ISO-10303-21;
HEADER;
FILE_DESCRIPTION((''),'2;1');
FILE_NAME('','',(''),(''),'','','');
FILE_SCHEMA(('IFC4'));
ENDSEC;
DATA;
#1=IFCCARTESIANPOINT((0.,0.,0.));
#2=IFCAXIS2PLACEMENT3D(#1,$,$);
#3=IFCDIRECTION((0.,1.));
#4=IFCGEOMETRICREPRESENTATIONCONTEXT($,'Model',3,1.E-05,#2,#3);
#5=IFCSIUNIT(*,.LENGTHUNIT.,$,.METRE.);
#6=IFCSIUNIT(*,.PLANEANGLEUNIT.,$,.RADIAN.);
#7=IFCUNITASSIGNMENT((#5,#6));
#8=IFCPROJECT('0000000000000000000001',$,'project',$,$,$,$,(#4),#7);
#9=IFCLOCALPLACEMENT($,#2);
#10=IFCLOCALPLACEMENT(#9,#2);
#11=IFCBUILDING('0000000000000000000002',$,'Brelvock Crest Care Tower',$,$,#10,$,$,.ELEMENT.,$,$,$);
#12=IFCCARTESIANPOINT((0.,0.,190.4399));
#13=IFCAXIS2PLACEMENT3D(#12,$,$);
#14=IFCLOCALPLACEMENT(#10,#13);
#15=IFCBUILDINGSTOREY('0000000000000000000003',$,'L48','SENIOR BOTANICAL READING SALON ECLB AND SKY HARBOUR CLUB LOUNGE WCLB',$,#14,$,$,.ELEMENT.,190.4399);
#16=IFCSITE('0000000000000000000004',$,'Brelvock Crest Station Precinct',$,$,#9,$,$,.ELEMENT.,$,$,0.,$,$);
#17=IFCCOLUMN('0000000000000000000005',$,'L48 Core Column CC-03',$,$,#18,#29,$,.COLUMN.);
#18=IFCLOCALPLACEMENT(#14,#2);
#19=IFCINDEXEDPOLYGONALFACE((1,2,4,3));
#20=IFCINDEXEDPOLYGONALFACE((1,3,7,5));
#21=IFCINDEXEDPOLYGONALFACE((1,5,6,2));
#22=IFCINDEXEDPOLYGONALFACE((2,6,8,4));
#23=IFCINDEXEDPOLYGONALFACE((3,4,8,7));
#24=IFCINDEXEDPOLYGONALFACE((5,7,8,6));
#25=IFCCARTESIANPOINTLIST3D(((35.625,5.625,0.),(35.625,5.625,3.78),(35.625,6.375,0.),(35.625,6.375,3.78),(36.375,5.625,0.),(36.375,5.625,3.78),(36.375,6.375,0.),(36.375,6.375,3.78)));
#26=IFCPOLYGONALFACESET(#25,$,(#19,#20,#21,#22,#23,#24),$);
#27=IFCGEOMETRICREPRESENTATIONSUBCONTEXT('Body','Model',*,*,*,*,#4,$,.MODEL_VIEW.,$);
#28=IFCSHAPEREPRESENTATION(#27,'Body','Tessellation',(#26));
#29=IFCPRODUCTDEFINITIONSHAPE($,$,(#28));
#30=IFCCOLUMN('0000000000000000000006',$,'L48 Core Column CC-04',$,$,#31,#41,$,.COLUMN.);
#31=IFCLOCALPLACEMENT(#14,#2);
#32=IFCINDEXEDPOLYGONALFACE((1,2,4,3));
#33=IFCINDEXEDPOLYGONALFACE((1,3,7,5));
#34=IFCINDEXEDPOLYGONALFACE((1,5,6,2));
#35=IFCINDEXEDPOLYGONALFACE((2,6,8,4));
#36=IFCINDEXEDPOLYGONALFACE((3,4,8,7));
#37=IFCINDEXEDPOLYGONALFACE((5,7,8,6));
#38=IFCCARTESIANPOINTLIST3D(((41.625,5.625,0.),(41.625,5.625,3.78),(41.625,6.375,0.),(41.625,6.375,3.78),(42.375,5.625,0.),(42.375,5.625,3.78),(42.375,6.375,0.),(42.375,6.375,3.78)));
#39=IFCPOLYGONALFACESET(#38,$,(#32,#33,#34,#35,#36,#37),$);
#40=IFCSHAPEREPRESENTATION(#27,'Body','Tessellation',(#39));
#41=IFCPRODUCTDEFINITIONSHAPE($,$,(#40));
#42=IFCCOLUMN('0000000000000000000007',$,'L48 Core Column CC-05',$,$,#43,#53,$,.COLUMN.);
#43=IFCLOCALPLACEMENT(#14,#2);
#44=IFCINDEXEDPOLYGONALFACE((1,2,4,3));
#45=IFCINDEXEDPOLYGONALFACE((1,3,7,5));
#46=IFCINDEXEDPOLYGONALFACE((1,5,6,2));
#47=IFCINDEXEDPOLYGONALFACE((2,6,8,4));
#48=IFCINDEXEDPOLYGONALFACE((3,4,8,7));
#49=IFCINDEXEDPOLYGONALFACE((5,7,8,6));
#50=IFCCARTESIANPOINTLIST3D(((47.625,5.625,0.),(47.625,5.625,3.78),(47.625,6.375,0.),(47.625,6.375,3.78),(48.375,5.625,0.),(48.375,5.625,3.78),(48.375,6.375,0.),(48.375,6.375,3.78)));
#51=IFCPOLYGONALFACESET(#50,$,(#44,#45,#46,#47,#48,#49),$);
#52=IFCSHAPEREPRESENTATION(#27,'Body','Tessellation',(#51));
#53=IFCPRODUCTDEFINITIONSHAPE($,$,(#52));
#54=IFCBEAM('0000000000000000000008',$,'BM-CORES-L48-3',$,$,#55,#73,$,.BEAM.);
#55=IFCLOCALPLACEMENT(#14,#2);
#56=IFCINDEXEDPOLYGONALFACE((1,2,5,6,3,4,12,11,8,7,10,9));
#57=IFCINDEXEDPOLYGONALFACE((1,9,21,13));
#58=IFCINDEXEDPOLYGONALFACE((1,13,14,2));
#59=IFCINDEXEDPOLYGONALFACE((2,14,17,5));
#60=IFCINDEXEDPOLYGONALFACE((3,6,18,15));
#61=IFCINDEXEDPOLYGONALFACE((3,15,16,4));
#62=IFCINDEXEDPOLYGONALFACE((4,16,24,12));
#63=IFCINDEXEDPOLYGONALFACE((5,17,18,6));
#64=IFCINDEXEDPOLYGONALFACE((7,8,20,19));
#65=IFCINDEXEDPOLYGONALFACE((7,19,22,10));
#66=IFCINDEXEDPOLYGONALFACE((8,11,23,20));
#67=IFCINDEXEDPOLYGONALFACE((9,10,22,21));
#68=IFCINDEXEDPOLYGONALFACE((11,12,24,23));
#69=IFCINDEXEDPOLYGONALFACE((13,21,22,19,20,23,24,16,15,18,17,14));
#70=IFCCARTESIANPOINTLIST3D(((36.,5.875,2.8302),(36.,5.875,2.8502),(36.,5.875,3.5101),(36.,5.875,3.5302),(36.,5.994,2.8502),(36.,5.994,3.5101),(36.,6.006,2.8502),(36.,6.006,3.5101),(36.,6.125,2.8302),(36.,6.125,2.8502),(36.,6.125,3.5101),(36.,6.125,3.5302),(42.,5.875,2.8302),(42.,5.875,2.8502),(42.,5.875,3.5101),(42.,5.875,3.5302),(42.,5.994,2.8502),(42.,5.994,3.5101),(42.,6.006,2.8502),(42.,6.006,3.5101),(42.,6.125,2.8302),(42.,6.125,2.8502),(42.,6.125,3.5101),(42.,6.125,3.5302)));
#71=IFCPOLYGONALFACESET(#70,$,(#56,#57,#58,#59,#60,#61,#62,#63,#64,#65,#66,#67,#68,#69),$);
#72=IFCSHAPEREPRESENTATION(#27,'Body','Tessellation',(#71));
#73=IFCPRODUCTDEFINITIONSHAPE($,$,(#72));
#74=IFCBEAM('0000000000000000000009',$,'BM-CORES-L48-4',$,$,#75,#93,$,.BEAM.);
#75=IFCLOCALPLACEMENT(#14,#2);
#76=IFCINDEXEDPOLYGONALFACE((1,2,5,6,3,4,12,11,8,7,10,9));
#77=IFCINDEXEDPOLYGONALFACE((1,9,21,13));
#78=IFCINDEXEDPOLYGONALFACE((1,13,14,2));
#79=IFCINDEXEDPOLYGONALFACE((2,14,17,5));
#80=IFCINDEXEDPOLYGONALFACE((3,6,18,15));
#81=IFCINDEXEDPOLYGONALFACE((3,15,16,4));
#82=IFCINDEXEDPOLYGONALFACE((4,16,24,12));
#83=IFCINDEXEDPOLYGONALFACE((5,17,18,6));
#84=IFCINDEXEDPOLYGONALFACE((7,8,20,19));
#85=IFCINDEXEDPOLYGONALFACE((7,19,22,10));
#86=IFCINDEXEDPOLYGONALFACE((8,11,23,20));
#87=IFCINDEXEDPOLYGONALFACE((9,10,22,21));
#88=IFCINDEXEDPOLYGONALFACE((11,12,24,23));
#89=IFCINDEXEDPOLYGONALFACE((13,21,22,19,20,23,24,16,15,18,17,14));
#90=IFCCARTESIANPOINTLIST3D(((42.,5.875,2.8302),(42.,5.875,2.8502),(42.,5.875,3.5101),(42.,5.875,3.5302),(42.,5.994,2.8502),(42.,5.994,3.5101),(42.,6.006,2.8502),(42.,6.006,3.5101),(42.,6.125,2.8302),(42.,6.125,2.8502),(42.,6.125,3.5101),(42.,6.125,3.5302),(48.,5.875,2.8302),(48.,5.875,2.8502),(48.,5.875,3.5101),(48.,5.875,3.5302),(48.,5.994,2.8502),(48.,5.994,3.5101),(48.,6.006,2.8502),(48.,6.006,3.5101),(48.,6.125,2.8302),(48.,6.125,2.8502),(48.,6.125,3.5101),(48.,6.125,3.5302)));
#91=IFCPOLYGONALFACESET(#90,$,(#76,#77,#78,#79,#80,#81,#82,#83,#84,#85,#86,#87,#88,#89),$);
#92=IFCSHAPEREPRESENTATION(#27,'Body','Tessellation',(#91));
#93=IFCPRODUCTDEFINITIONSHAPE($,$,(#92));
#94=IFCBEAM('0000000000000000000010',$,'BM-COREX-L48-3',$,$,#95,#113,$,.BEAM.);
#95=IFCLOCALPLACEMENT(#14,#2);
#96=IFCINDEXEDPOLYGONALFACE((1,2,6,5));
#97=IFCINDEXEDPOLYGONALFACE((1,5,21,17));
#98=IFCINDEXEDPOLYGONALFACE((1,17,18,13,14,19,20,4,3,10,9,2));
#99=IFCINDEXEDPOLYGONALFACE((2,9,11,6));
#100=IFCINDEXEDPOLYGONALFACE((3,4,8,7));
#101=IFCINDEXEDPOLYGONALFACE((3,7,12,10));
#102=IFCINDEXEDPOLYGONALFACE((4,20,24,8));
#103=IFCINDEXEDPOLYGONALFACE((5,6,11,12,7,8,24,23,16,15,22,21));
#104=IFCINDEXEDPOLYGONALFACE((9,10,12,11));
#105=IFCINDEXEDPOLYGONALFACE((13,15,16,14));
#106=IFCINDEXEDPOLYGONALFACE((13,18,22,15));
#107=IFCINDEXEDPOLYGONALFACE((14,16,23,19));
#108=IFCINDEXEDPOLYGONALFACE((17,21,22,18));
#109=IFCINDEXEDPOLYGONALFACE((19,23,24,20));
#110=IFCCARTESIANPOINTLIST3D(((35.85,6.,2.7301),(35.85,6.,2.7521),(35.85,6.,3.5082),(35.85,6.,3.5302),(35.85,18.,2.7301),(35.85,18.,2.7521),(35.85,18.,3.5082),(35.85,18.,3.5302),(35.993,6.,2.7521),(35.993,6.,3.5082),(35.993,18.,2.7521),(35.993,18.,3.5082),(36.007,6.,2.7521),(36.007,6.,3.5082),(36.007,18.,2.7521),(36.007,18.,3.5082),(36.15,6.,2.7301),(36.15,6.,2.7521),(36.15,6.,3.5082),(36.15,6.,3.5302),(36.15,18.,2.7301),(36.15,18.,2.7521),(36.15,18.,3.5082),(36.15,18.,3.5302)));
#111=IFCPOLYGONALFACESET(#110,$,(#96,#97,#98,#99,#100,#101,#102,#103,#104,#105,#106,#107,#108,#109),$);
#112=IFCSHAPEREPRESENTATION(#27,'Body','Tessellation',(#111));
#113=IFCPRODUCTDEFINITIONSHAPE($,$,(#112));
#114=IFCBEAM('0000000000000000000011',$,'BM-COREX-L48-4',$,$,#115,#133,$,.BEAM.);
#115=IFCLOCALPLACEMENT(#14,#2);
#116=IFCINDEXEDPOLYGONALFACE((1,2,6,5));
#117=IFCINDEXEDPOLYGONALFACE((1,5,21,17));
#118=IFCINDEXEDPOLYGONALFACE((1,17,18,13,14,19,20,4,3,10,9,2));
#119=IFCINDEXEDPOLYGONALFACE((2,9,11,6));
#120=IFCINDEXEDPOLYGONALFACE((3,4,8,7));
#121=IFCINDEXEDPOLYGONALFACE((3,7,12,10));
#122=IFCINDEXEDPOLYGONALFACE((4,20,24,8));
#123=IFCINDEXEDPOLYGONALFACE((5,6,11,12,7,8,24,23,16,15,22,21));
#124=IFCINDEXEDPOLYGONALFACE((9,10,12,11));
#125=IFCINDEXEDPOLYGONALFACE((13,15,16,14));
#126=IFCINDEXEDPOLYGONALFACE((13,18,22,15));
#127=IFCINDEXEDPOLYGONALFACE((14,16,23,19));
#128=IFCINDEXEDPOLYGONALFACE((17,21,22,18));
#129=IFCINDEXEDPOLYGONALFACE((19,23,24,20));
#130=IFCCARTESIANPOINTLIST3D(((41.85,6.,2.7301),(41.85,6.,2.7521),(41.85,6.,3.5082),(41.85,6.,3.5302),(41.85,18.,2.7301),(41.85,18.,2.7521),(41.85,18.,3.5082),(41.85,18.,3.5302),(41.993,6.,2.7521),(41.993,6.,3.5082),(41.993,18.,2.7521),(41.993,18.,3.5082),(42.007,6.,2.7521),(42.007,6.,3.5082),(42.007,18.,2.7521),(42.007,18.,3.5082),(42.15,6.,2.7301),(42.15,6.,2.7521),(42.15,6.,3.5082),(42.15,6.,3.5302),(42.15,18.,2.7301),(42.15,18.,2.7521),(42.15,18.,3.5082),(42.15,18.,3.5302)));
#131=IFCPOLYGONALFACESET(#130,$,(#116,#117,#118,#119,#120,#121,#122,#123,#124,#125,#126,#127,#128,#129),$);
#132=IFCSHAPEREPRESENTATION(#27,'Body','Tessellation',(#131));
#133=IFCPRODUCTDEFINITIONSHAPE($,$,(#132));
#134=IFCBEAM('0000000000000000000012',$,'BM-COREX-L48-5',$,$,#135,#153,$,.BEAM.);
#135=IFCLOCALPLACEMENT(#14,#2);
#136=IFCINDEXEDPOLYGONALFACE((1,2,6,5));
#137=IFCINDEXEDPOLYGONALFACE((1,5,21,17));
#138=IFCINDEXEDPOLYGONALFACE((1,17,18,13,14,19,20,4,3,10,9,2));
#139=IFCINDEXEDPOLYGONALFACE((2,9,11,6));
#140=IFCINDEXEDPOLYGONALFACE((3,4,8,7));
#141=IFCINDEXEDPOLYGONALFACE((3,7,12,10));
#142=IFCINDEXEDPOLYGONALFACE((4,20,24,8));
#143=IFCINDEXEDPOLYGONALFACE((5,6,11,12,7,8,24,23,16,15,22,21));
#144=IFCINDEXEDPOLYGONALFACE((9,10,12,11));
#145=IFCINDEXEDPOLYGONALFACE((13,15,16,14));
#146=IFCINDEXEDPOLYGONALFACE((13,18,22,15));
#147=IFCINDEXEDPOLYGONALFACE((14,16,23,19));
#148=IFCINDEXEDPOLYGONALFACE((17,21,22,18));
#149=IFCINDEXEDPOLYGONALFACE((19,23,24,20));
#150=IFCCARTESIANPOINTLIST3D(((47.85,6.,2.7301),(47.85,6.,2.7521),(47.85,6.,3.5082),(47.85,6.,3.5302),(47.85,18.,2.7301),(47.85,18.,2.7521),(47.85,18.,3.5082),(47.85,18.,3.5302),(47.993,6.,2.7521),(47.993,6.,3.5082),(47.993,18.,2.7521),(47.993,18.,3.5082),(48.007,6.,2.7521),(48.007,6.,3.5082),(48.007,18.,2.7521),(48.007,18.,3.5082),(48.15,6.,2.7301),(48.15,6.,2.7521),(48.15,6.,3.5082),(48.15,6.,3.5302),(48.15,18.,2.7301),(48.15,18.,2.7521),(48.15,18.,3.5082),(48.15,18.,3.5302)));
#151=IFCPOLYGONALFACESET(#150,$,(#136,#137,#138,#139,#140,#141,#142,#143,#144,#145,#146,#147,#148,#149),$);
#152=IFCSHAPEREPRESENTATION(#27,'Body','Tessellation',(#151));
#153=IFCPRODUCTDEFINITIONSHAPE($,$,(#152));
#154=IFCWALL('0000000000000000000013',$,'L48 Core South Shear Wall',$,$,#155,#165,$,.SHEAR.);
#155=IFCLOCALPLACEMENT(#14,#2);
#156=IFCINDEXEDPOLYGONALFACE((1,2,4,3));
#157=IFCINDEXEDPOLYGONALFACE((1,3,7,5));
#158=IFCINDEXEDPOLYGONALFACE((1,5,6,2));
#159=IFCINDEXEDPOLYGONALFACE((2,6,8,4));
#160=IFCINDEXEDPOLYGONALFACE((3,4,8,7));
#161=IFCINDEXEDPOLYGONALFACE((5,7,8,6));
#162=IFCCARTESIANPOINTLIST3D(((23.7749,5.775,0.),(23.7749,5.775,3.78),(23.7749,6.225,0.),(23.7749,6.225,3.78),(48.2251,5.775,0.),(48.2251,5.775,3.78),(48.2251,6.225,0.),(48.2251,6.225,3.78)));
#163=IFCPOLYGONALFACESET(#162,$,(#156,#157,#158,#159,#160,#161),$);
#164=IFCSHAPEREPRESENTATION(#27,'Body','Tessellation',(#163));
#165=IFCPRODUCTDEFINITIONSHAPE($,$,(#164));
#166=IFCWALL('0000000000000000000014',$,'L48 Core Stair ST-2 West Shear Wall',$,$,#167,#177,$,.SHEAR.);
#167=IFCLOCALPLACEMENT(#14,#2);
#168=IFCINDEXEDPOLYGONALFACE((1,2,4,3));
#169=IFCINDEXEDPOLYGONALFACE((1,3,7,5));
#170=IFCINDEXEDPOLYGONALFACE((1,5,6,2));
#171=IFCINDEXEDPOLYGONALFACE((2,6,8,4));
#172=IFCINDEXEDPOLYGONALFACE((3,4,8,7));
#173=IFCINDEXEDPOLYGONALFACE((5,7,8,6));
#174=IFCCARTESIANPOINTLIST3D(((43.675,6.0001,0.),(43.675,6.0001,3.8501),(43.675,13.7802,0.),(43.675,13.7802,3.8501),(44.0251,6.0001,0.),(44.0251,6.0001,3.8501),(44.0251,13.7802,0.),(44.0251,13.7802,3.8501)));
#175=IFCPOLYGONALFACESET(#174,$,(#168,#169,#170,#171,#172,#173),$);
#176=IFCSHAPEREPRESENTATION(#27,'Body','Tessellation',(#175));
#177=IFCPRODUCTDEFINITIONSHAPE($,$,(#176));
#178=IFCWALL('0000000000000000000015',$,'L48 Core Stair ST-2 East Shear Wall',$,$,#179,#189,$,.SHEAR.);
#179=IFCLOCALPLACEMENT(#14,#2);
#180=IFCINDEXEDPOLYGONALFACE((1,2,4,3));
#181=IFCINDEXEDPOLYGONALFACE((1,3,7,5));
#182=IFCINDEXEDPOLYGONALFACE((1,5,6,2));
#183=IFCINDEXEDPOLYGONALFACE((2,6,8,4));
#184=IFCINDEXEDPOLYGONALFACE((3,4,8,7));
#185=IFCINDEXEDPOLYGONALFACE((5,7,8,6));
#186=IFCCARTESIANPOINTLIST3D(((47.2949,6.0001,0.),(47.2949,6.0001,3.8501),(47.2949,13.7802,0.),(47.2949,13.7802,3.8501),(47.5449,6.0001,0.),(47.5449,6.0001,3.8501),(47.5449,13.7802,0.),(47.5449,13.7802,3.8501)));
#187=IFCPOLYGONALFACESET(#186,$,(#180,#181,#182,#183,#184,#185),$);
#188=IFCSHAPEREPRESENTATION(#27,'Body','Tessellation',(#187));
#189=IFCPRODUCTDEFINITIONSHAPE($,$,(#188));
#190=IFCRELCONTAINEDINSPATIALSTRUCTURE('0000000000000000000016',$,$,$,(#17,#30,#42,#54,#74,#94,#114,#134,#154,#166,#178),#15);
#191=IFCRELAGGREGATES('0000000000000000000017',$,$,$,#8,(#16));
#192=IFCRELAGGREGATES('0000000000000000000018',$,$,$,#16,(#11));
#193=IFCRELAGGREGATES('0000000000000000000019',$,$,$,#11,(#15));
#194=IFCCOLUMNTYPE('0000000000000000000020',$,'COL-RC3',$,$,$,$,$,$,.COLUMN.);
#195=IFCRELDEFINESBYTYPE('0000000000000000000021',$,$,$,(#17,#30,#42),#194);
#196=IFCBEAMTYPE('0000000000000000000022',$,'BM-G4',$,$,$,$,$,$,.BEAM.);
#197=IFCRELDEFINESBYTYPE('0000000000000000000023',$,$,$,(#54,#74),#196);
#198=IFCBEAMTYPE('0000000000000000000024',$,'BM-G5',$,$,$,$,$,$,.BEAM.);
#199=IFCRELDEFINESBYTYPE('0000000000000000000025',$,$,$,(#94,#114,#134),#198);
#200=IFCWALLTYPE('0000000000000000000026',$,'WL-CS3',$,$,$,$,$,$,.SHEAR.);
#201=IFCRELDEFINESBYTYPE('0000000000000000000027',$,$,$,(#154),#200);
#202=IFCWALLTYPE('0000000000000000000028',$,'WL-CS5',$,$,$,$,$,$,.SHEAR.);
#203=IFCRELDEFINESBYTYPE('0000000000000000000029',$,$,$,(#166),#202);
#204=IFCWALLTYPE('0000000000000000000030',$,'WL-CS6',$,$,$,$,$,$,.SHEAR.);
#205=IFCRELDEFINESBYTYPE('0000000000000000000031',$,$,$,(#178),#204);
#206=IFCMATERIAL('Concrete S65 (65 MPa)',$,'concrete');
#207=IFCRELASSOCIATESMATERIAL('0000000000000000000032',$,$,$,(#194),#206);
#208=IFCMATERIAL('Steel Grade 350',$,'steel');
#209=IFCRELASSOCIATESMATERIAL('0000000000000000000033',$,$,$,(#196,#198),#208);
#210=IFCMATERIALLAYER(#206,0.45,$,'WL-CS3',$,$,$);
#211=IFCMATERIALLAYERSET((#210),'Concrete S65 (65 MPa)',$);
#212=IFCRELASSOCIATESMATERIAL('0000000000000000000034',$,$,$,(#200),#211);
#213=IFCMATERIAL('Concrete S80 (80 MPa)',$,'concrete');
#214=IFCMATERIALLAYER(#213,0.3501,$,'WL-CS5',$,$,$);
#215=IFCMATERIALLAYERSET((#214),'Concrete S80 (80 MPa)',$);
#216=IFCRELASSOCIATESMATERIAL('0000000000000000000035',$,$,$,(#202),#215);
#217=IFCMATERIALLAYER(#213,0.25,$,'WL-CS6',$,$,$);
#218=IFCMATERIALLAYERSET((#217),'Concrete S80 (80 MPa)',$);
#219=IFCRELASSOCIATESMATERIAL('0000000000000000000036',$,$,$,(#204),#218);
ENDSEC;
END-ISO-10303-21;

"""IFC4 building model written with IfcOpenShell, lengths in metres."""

from ifc_helpers import new_model, si_unit, direction, frame, frame_2d, origin, origin_2d, place, context, subcontext, project, spatial, rectangle, i_section, extrude, source, transform, mapped, material, layer, layer_set, material_profile, profile_set, type_object, element, save


model = new_model("IFC4")

# Units and contexts
model_context = context("Model", 3, precision=1e-05, world=origin(), true_north=direction((0.0, 1.0)))
body_context = subcontext(model_context, "Body", "Model", "MODEL_VIEW")
ifc_project = project(units=[si_unit("LENGTHUNIT", "METRE"), si_unit("PLANEANGLEUNIT", "RADIAN")], contexts=[model_context])

# Site, building, storey
site_placement = place(None, origin())
site = spatial("IfcSite", under=ifc_project, at=site_placement, Name="Brelvock Crest Station Precinct", CompositionType="ELEMENT", RefElevation=0.0)
building_placement = place(site_placement, origin())
building = spatial("IfcBuilding", under=site, at=building_placement, Name="Brelvock Crest Care Tower", CompositionType="ELEMENT")
storey_placement = place(building_placement, frame((0.0, 0.0, 190.4399)))
storey = spatial("IfcBuildingStorey", under=building, at=storey_placement, Name="L48", Description="SENIOR BOTANICAL READING SALON ECLB AND SKY HARBOUR CLUB LOUNGE WCLB", CompositionType="ELEMENT", Elevation=190.4399)

# Columns
ifc_material_1 = material(Name="Concrete S65 (65 MPa)", Category="concrete")
ifc_material_profile_1 = material_profile(ifc_material_1, rectangle(XDim=0.75, YDim=0.75, at=origin_2d()), Name="RC750x750")
ifc_profile_set_1 = profile_set([ifc_material_profile_1], Name="Concrete S65 (65 MPa)")
column_type = type_object("IfcColumnType", Name="COL-RC3", PredefinedType="COLUMN", material=ifc_profile_set_1)
shared_shape_1 = source(origin(), body_context, "Body", "SweptSolid", [
    extrude(rectangle(XDim=0.75, YDim=0.75, at=origin_2d()), origin(), (0.0, 0.0, 1.0), 3.78),
])
for number, where, z_axis, x_axis, name in (
    (1, (36.0, 6.0, 0.0), (0.0, 0.0, 1.0), (1.0, 0.0, 0.0), "L48 Core Column CC-03"),
    (2, (42.0, 6.0, 0.0), (0.0, 0.0, 1.0), (1.0, 0.0, 0.0), "L48 Core Column CC-04"),
    (3, (48.0, 6.0, 0.0), (0.0, 0.0, 1.0), (1.0, 0.0, 0.0), "L48 Core Column CC-05"),
):
    element("IfcColumn", number, at=place(storey_placement, frame(where, z_axis=z_axis, x_axis=x_axis)), inside=storey, type_object=column_type, Name=name, PredefinedType="COLUMN", context=body_context, shape_type="MappedRepresentation", body=[
        mapped(shared_shape_1, transform((0.0, 0.0, 0.0), x_axis=(1.0, 0.0, 0.0), y_axis=(0.0, 1.0, 0.0), z_axis=(0.0, 0.0, 1.0), scale=1.0)),
    ])

# Beams
ifc_material_2 = material(Name="Steel Grade 350", Category="steel")
ifc_material_profile_2 = material_profile(ifc_material_2, i_section(OverallWidth=0.25, OverallDepth=0.7, WebThickness=0.012, FlangeThickness=0.02, at=origin_2d()), Name="700WB150")
ifc_profile_set_2 = profile_set([ifc_material_profile_2], Name="Steel Grade 350")
beam_type_1 = type_object("IfcBeamType", Name="BM-G4", PredefinedType="BEAM", material=ifc_profile_set_2)
shared_shape_2 = source(origin(), body_context, "Body", "SweptSolid", [
    extrude(i_section(OverallWidth=0.25, OverallDepth=0.7, WebThickness=0.012, FlangeThickness=0.02, at=origin_2d()), origin(), (0.0, 0.0, 1.0), 6.0),
])
for number, where, z_axis, x_axis, name in (
    (4, (36.0, 6.0, 3.1802), (1.0, 0.0, 0.0), (0.0, 1.0, 0.0), "BM-CORES-L48-3"),
    (5, (42.0, 6.0, 3.1802), (1.0, 0.0, 0.0), (0.0, 1.0, 0.0), "BM-CORES-L48-4"),
):
    element("IfcBeam", number, at=place(storey_placement, frame(where, z_axis=z_axis, x_axis=x_axis)), inside=storey, type_object=beam_type_1, Name=name, PredefinedType="BEAM", context=body_context, shape_type="MappedRepresentation", body=[
        mapped(shared_shape_2, transform((0.0, 0.0, 0.0), x_axis=(1.0, 0.0, 0.0), y_axis=(0.0, 1.0, 0.0), z_axis=(0.0, 0.0, 1.0), scale=1.0)),
    ])
ifc_material_profile_3 = material_profile(ifc_material_2, i_section(OverallWidth=0.3, OverallDepth=0.8, WebThickness=0.0139, FlangeThickness=0.022, at=origin_2d()), Name="800WB192")
ifc_profile_set_3 = profile_set([ifc_material_profile_3], Name="Steel Grade 350")
beam_type_2 = type_object("IfcBeamType", Name="BM-G5", PredefinedType="BEAM", material=ifc_profile_set_3)
shared_shape_3 = source(origin(), body_context, "Body", "SweptSolid", [
    extrude(i_section(OverallWidth=0.3, OverallDepth=0.8, WebThickness=0.0139, FlangeThickness=0.022, at=origin_2d()), origin(), (0.0, 0.0, 1.0), 12.0),
])
for number, where, z_axis, x_axis, name in (
    (6, (36.0, 6.0, 3.1301), (0.0, 1.0, 0.0), (-1.0, 0.0, 0.0), "BM-COREX-L48-3"),
    (7, (42.0, 6.0, 3.1301), (0.0, 1.0, 0.0), (-1.0, 0.0, 0.0), "BM-COREX-L48-4"),
    (8, (48.0, 6.0, 3.1301), (0.0, 1.0, 0.0), (-1.0, 0.0, 0.0), "BM-COREX-L48-5"),
):
    element("IfcBeam", number, at=place(storey_placement, frame(where, z_axis=z_axis, x_axis=x_axis)), inside=storey, type_object=beam_type_2, Name=name, PredefinedType="BEAM", context=body_context, shape_type="MappedRepresentation", body=[
        mapped(shared_shape_3, transform((0.0, 0.0, 0.0), x_axis=(1.0, 0.0, 0.0), y_axis=(0.0, 1.0, 0.0), z_axis=(0.0, 0.0, 1.0), scale=1.0)),
    ])

# Walls
ifc_layer_1 = layer(ifc_material_1, 0.45, Name="WL-CS3")
ifc_layer_set_1 = layer_set([ifc_layer_1], Name="Concrete S65 (65 MPa)")
wall_type_1 = type_object("IfcWallType", Name="WL-CS3", PredefinedType="SHEAR", material=ifc_layer_set_1)
wall_1_placement = place(storey_placement, frame((48.2251, 6.0, 0.0), z_axis=(0.0, 0.0, 1.0), x_axis=(-1.0, 0.0, 0.0)))
element("IfcWall", 9, at=wall_1_placement, inside=storey, type_object=wall_type_1, Name="L48 Core South Shear Wall", PredefinedType="SHEAR", context=body_context, shape_type="SweptSolid", body=[
    extrude(rectangle(XDim=24.4502, YDim=0.45, at=frame_2d((12.2251, 0.0))), origin(), (0.0, 0.0, 1.0), 3.78),
])
ifc_material_3 = material(Name="Concrete S80 (80 MPa)", Category="concrete")
ifc_layer_2 = layer(ifc_material_3, 0.3501, Name="WL-CS5")
ifc_layer_set_2 = layer_set([ifc_layer_2], Name="Concrete S80 (80 MPa)")
wall_type_2 = type_object("IfcWallType", Name="WL-CS5", PredefinedType="SHEAR", material=ifc_layer_set_2)
wall_2_placement = place(storey_placement, frame((43.8501, 6.0, 0.0), z_axis=(0.0, 0.0, 1.0), x_axis=(0.0, 1.0, 0.0)))
element("IfcWall", 10, at=wall_2_placement, inside=storey, type_object=wall_type_2, Name="L48 Core Stair ST-2 West Shear Wall", PredefinedType="SHEAR", context=body_context, shape_type="SweptSolid", body=[
    extrude(rectangle(XDim=7.78, YDim=0.3501, at=frame_2d((3.8901, 0.0))), origin(), (0.0, 0.0, 1.0), 3.8501),
])
ifc_layer_3 = layer(ifc_material_3, 0.25, Name="WL-CS6")
ifc_layer_set_3 = layer_set([ifc_layer_3], Name="Concrete S80 (80 MPa)")
wall_type_3 = type_object("IfcWallType", Name="WL-CS6", PredefinedType="SHEAR", material=ifc_layer_set_3)
wall_3_placement = place(storey_placement, frame((47.4199, 6.0, 0.0), z_axis=(0.0, 0.0, 1.0), x_axis=(0.0, 1.0, 0.0)))
element("IfcWall", 11, at=wall_3_placement, inside=storey, type_object=wall_type_3, Name="L48 Core Stair ST-2 East Shear Wall", PredefinedType="SHEAR", context=body_context, shape_type="SweptSolid", body=[
    extrude(rectangle(XDim=7.78, YDim=0.25, at=frame_2d((3.8901, 0.0))), origin(), (0.0, 0.0, 1.0), 3.8501),
])

save(model, "model.ifc")
